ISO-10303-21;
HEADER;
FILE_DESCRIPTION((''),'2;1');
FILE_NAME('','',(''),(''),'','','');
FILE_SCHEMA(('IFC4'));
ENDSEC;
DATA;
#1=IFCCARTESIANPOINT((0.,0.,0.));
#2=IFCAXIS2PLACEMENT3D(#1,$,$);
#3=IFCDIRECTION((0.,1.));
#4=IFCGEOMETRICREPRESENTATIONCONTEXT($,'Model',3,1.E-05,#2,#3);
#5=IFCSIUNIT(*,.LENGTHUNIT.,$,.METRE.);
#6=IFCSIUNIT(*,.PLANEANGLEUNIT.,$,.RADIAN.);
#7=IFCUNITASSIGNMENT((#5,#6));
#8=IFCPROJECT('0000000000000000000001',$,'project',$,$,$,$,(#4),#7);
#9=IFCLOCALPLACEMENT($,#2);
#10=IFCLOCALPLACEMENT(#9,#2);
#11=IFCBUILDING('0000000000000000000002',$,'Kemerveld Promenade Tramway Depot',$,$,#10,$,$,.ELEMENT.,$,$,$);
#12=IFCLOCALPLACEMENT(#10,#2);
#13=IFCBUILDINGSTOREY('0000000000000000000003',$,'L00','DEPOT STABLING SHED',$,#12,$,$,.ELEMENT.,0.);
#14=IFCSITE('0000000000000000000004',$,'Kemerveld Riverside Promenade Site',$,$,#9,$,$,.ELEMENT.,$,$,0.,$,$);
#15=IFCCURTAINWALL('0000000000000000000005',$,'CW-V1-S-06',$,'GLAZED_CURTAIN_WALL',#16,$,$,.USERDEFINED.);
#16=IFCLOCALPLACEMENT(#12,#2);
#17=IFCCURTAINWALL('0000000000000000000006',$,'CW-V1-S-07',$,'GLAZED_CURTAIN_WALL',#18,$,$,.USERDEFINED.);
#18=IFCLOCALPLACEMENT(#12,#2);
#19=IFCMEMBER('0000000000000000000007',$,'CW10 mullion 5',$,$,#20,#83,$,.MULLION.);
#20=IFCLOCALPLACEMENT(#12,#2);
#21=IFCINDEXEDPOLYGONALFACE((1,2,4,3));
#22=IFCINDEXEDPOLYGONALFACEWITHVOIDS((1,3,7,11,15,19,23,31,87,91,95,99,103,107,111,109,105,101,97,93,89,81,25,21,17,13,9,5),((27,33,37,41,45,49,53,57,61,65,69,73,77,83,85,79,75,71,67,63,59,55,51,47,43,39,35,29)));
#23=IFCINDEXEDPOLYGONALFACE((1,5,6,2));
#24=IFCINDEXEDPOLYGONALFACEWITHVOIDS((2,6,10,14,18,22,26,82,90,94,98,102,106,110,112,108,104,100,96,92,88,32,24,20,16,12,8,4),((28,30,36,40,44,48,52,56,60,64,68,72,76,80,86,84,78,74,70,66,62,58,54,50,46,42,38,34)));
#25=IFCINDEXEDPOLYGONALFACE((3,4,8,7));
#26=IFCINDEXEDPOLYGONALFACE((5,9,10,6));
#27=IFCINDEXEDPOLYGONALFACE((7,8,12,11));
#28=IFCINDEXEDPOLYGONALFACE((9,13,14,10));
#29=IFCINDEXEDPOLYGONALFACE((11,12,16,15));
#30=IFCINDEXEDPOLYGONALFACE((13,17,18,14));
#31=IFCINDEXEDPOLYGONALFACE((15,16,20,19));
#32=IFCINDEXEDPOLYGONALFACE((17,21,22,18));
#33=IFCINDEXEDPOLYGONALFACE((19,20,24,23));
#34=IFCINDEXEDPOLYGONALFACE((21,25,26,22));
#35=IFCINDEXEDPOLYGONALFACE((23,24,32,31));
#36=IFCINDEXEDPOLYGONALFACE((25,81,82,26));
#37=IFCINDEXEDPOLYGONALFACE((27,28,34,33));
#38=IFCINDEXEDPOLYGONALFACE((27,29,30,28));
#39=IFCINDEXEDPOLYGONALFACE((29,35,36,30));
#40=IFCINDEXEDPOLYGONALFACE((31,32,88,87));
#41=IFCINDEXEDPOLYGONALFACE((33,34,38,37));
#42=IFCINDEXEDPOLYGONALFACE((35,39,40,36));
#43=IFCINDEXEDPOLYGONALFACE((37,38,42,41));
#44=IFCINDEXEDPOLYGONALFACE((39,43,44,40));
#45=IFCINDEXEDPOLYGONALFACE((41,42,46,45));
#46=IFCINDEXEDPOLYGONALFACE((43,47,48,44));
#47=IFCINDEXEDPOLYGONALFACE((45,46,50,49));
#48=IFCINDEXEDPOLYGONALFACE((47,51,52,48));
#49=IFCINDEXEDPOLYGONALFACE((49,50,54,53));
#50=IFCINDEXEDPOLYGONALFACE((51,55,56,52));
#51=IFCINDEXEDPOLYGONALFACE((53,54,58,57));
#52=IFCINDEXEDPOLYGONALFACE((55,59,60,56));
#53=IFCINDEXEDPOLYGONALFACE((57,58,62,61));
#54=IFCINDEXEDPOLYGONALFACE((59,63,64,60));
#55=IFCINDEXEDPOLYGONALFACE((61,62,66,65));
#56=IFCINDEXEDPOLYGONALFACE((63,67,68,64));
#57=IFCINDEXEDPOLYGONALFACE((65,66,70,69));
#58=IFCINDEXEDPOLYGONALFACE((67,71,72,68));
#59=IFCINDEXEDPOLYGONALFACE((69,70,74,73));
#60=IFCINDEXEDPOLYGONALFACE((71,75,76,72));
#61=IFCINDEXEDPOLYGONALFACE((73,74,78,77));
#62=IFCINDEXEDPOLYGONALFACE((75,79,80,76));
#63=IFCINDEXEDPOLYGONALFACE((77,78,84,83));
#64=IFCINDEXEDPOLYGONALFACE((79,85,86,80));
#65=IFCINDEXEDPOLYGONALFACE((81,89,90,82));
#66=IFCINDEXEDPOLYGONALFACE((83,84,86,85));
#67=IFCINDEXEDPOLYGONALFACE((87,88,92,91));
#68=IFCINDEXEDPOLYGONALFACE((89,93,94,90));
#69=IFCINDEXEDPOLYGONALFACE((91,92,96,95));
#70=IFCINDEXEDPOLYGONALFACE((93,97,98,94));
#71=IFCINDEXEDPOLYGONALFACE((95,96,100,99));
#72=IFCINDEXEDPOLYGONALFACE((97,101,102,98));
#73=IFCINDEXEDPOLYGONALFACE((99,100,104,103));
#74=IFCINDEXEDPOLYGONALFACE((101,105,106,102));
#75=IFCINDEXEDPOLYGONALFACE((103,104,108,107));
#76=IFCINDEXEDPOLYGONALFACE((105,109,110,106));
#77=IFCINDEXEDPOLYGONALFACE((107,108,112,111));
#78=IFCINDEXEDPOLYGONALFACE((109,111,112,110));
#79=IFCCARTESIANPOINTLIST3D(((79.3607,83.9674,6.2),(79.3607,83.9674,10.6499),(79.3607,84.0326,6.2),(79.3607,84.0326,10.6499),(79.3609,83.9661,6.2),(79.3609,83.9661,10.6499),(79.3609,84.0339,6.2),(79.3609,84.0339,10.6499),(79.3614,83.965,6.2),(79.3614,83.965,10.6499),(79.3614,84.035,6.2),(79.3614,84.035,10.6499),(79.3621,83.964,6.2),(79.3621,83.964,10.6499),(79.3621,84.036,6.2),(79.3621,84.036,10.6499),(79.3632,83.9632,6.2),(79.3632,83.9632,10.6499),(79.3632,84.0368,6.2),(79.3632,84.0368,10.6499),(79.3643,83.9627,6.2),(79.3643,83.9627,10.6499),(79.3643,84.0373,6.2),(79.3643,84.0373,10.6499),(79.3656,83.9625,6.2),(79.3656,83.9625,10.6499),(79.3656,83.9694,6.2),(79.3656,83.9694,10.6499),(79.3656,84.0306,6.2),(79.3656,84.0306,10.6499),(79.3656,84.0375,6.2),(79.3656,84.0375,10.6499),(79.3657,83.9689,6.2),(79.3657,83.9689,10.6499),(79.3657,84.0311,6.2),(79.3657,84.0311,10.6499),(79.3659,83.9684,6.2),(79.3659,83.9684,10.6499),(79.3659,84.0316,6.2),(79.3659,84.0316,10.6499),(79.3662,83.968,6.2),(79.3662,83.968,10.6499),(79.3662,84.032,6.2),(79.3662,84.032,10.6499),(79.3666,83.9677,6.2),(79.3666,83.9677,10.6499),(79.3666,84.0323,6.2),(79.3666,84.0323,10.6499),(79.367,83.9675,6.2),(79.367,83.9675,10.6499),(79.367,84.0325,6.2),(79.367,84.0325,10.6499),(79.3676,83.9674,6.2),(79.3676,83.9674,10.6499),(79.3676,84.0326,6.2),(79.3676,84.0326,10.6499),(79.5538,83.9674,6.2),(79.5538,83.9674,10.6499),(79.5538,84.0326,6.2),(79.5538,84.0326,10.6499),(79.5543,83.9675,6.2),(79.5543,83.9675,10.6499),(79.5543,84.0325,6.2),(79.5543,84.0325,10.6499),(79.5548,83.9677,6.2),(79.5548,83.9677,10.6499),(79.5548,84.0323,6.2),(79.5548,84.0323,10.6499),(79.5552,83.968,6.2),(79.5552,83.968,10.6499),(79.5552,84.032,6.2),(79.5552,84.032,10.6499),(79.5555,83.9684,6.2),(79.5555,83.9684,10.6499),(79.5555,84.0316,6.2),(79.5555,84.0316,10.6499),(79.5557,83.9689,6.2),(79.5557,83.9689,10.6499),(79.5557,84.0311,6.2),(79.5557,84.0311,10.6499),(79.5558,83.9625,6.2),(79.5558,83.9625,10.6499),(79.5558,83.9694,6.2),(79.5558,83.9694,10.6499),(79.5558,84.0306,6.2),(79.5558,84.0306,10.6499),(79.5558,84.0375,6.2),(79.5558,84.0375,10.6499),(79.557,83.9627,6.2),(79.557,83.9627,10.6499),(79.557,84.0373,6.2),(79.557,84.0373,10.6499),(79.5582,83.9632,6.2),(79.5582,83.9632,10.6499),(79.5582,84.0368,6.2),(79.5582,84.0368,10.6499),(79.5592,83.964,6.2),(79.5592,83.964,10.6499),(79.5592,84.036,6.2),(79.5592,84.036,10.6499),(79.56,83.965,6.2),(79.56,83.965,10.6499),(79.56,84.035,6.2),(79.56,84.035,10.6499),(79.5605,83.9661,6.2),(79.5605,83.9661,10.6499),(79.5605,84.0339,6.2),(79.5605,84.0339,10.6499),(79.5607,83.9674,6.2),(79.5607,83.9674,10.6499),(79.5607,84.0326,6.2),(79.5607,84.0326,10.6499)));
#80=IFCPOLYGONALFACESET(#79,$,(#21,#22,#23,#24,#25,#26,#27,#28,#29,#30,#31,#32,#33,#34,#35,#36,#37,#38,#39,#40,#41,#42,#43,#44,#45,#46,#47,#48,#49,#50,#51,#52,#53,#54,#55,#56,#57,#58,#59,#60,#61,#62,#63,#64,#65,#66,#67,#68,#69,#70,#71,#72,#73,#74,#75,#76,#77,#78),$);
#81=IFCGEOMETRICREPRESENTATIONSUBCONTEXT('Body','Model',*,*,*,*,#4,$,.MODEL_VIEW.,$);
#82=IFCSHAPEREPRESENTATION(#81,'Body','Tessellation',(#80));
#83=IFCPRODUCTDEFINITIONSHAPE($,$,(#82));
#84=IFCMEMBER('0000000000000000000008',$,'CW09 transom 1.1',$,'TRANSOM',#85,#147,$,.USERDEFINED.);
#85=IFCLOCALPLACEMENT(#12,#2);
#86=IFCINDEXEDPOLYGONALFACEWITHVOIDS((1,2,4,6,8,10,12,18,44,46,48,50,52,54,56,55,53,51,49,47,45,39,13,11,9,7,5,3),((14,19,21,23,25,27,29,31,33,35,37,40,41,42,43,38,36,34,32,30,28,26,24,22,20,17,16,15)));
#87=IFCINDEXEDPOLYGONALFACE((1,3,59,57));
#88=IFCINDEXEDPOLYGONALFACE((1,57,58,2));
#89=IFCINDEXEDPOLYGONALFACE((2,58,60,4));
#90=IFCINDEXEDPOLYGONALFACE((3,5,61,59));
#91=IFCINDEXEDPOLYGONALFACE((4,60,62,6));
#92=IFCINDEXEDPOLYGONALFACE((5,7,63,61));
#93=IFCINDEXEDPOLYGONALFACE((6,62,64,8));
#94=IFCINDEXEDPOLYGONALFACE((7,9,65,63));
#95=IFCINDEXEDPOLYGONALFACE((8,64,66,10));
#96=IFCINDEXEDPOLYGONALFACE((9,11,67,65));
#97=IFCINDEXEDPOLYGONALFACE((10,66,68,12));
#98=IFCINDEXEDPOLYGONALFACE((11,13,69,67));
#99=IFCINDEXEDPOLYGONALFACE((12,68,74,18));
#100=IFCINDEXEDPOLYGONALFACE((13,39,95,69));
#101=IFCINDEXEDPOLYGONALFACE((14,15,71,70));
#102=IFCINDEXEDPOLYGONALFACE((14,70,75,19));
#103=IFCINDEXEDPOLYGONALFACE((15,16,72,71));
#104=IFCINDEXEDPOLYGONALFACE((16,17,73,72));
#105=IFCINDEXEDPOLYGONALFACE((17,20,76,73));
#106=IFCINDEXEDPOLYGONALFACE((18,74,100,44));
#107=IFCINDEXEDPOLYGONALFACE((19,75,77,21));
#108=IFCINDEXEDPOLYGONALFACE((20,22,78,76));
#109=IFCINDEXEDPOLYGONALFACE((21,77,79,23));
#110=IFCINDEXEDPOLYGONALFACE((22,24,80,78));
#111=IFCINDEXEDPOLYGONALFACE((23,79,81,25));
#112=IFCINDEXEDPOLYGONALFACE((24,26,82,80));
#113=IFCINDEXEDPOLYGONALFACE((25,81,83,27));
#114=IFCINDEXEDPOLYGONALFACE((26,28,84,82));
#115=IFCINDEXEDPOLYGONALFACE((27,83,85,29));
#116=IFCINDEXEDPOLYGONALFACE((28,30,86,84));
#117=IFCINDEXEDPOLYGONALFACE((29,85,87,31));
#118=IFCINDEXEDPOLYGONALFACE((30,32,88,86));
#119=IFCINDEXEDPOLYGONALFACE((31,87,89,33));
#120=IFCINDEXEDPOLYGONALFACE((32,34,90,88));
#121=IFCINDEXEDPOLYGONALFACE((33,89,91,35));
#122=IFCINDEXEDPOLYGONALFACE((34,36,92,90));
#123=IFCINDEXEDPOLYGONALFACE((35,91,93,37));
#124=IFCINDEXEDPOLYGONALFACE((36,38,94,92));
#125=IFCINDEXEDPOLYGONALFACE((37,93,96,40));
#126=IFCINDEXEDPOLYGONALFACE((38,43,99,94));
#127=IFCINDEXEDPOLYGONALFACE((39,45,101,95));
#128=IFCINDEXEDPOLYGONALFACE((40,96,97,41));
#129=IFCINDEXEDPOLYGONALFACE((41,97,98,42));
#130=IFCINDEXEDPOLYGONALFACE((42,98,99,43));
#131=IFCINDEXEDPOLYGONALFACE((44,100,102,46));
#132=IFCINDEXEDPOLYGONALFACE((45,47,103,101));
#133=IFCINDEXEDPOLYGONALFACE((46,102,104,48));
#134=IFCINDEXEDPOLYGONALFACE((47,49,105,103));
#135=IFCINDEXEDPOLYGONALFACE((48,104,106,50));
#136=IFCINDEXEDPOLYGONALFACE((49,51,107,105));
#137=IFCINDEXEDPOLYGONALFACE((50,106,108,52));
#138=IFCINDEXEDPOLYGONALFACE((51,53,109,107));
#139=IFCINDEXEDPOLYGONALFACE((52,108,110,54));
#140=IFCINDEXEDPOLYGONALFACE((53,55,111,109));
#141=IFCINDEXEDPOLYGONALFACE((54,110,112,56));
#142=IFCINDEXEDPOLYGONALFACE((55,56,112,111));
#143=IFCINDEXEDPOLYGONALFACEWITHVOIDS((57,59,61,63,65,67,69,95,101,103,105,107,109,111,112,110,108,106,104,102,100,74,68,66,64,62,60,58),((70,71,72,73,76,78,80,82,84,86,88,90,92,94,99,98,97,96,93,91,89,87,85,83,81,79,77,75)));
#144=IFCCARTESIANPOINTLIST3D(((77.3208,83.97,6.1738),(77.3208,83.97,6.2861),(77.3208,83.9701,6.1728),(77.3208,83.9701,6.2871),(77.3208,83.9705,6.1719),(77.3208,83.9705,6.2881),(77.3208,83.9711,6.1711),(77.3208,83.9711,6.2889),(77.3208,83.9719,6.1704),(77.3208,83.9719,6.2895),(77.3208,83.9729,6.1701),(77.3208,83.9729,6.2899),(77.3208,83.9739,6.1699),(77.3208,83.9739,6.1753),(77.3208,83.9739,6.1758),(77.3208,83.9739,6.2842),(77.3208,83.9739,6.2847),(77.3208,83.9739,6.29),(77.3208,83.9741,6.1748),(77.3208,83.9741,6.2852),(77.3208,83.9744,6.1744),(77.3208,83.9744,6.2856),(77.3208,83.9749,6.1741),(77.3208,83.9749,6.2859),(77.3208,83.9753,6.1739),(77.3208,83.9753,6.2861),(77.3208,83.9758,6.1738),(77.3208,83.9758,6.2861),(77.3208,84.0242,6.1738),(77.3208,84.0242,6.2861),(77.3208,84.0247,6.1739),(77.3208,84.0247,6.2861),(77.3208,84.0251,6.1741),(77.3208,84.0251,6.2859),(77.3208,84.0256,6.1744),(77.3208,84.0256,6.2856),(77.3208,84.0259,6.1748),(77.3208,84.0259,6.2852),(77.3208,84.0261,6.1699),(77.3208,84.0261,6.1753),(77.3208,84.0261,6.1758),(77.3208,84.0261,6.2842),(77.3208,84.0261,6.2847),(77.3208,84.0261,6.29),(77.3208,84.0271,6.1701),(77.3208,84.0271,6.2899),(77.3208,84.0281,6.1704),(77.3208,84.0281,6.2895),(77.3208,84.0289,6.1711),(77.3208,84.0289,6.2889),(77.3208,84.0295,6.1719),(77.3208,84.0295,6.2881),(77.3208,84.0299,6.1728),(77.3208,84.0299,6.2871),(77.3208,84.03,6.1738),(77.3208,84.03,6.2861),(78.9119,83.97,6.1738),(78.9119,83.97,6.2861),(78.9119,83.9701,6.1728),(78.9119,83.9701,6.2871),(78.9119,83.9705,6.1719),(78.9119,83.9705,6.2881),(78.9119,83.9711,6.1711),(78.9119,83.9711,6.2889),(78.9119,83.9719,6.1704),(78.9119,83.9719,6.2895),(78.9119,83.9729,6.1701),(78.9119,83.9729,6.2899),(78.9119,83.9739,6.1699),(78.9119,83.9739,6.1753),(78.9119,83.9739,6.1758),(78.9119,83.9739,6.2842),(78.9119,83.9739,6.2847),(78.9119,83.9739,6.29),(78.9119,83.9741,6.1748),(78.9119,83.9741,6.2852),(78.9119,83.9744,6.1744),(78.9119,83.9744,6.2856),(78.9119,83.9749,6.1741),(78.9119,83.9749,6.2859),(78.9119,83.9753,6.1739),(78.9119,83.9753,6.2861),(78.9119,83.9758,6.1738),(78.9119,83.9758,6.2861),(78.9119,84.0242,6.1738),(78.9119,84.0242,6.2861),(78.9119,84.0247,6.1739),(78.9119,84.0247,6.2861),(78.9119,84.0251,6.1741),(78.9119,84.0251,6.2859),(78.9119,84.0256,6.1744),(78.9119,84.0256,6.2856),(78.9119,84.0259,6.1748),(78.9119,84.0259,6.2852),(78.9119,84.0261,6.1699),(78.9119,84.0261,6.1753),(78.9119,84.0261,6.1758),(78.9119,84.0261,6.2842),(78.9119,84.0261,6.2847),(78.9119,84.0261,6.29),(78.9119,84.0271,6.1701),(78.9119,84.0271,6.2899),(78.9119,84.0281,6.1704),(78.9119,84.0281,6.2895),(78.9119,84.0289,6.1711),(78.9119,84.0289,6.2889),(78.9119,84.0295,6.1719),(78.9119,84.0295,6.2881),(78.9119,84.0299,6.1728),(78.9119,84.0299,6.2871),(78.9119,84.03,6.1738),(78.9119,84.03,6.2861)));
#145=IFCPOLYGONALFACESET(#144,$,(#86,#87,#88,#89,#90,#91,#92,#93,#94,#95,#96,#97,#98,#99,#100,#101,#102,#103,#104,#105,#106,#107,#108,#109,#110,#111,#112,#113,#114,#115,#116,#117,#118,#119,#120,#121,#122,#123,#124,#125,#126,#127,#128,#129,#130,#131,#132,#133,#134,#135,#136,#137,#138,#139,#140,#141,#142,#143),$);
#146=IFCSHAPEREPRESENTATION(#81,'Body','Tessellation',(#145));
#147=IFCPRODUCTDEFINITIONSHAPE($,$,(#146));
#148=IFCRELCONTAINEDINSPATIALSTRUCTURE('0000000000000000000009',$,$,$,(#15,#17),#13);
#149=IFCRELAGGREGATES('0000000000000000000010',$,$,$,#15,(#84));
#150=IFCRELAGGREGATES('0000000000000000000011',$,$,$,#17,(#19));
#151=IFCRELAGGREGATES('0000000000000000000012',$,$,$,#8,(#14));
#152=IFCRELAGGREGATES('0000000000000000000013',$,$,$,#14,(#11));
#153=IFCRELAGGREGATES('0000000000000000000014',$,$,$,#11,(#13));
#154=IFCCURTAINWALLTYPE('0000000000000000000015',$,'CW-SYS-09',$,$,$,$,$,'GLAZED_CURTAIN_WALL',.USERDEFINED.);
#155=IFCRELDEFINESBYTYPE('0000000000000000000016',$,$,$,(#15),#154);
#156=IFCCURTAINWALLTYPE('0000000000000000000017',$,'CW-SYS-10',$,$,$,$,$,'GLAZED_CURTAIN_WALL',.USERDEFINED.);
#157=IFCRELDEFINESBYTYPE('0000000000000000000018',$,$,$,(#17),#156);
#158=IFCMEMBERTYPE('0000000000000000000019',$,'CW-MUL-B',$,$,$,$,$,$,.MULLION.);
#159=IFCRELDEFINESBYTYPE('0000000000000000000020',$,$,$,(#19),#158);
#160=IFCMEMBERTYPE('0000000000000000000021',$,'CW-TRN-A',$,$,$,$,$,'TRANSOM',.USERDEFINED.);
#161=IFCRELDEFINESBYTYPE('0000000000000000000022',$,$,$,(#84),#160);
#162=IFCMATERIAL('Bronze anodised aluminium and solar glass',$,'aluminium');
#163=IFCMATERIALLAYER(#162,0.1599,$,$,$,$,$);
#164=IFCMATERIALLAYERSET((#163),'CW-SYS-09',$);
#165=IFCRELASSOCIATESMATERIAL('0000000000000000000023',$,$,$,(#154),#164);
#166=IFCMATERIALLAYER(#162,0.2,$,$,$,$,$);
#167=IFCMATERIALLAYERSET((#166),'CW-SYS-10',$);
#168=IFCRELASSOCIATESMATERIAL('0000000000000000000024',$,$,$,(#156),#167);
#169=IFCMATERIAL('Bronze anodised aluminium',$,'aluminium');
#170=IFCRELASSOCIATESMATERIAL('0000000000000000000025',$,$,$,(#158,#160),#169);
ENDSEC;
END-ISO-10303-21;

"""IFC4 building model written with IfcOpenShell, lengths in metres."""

from ifc_helpers import new_model, si_unit, direction, frame, origin, origin_2d, place, context, subcontext, project, spatial, hollow_rectangle, extrude, material, layer, layer_set, material_profile, profile_set, type_object, element, aggregate, save


model = new_model("IFC4")

# Units and contexts
model_context = context("Model", 3, precision=1e-05, world=origin(), true_north=direction((0.0, 1.0)))
body_context = subcontext(model_context, "Body", "Model", "MODEL_VIEW")
ifc_project = project(units=[si_unit("LENGTHUNIT", "METRE"), si_unit("PLANEANGLEUNIT", "RADIAN")], contexts=[model_context])

# Site, building, storey
site_placement = place(None, origin())
site = spatial("IfcSite", under=ifc_project, at=site_placement, Name="Kemerveld Riverside Promenade Site", CompositionType="ELEMENT", RefElevation=0.0)
building_placement = place(site_placement, origin())
building = spatial("IfcBuilding", under=site, at=building_placement, Name="Kemerveld Promenade Tramway Depot", CompositionType="ELEMENT")
storey_placement = place(building_placement, origin())
storey = spatial("IfcBuildingStorey", under=building, at=storey_placement, Name="L00", Description="DEPOT STABLING SHED", CompositionType="ELEMENT", Elevation=0.0)

# Curtain wall
ifc_material_1 = material(Name="Bronze anodised aluminium and solar glass", Category="aluminium")
ifc_layer_1 = layer(ifc_material_1, 0.1599)
ifc_layer_set_1 = layer_set([ifc_layer_1], Name="CW-SYS-09")
curtain_wall_type_1 = type_object("IfcCurtainWallType", Name="CW-SYS-09", ElementType="GLAZED_CURTAIN_WALL", PredefinedType="USERDEFINED", material=ifc_layer_set_1)
curtain_wall_1_placement = place(storey_placement, origin())
curtain_wall_1 = element("IfcCurtainWall", 1, at=curtain_wall_1_placement, inside=storey, type_object=curtain_wall_type_1, Name="CW-V1-S-06", ObjectType="GLAZED_CURTAIN_WALL", PredefinedType="USERDEFINED")
ifc_material_2 = material(Name="Bronze anodised aluminium", Category="aluminium")

# Curtain wall, member
ifc_layer_2 = layer(ifc_material_1, 0.2)
ifc_layer_set_2 = layer_set([ifc_layer_2], Name="CW-SYS-10")
curtain_wall_type_2 = type_object("IfcCurtainWallType", Name="CW-SYS-10", ElementType="GLAZED_CURTAIN_WALL", PredefinedType="USERDEFINED", material=ifc_layer_set_2)
curtain_wall_2_placement = place(storey_placement, origin())
curtain_wall_2 = element("IfcCurtainWall", 2, at=curtain_wall_2_placement, inside=storey, type_object=curtain_wall_type_2, Name="CW-V1-S-07", ObjectType="GLAZED_CURTAIN_WALL", PredefinedType="USERDEFINED")
ifc_material_profile_1 = material_profile(ifc_material_2, hollow_rectangle(XDim=0.075, YDim=0.2, WallThickness=0.0049, InnerFilletRadius=0.002, OuterFilletRadius=0.0049, at=origin_2d()), Name="CW-MUL-200x75")
ifc_profile_set_1 = profile_set([ifc_material_profile_1], Name="Bronze anodised aluminium")
member_type_1 = type_object("IfcMemberType", Name="CW-MUL-B", PredefinedType="MULLION", material=ifc_profile_set_1)
member_1_placement = place(storey_placement, frame((79.4607, 84.0, 6.2), z_axis=(0.0, 0.0, 1.0), x_axis=(0.0, -1.0, 0.0)))
member_1 = element("IfcMember", 3, at=member_1_placement, type_object=member_type_1, Name="CW10 mullion 5", PredefinedType="MULLION", context=body_context, shape_type="SweptSolid", body=[
    extrude(hollow_rectangle(XDim=0.075, YDim=0.2, WallThickness=0.0049, InnerFilletRadius=0.002, OuterFilletRadius=0.0049, at=origin_2d()), origin(), (0.0, 0.0, 1.0), 4.45),
])

# Member
ifc_material_profile_2 = material_profile(ifc_material_2, hollow_rectangle(XDim=0.0601, YDim=0.1201, WallThickness=0.0039, InnerFilletRadius=0.002, OuterFilletRadius=0.0039, at=origin_2d()), Name="CW-TRN-120x60")
ifc_profile_set_2 = profile_set([ifc_material_profile_2], Name="Bronze anodised aluminium")
member_type_2 = type_object("IfcMemberType", Name="CW-TRN-A", ElementType="TRANSOM", PredefinedType="USERDEFINED", material=ifc_profile_set_2)
member_2_placement = place(storey_placement, frame((78.9119, 84.0, 6.23), z_axis=(-1.0, 0.0, 0.0), x_axis=(0.0, -1.0, 0.0)))
member_2 = element("IfcMember", 4, at=member_2_placement, type_object=member_type_2, Name="CW09 transom 1.1", ObjectType="TRANSOM", PredefinedType="USERDEFINED", context=body_context, shape_type="SweptSolid", body=[
    extrude(hollow_rectangle(XDim=0.0601, YDim=0.1201, WallThickness=0.0039, InnerFilletRadius=0.002, OuterFilletRadius=0.0039, at=origin_2d()), origin(), (0.0, 0.0, 1.0), 1.5911),
])

aggregate(curtain_wall_1, [member_2])
aggregate(curtain_wall_2, [member_1])

save(model, "model.ifc")
